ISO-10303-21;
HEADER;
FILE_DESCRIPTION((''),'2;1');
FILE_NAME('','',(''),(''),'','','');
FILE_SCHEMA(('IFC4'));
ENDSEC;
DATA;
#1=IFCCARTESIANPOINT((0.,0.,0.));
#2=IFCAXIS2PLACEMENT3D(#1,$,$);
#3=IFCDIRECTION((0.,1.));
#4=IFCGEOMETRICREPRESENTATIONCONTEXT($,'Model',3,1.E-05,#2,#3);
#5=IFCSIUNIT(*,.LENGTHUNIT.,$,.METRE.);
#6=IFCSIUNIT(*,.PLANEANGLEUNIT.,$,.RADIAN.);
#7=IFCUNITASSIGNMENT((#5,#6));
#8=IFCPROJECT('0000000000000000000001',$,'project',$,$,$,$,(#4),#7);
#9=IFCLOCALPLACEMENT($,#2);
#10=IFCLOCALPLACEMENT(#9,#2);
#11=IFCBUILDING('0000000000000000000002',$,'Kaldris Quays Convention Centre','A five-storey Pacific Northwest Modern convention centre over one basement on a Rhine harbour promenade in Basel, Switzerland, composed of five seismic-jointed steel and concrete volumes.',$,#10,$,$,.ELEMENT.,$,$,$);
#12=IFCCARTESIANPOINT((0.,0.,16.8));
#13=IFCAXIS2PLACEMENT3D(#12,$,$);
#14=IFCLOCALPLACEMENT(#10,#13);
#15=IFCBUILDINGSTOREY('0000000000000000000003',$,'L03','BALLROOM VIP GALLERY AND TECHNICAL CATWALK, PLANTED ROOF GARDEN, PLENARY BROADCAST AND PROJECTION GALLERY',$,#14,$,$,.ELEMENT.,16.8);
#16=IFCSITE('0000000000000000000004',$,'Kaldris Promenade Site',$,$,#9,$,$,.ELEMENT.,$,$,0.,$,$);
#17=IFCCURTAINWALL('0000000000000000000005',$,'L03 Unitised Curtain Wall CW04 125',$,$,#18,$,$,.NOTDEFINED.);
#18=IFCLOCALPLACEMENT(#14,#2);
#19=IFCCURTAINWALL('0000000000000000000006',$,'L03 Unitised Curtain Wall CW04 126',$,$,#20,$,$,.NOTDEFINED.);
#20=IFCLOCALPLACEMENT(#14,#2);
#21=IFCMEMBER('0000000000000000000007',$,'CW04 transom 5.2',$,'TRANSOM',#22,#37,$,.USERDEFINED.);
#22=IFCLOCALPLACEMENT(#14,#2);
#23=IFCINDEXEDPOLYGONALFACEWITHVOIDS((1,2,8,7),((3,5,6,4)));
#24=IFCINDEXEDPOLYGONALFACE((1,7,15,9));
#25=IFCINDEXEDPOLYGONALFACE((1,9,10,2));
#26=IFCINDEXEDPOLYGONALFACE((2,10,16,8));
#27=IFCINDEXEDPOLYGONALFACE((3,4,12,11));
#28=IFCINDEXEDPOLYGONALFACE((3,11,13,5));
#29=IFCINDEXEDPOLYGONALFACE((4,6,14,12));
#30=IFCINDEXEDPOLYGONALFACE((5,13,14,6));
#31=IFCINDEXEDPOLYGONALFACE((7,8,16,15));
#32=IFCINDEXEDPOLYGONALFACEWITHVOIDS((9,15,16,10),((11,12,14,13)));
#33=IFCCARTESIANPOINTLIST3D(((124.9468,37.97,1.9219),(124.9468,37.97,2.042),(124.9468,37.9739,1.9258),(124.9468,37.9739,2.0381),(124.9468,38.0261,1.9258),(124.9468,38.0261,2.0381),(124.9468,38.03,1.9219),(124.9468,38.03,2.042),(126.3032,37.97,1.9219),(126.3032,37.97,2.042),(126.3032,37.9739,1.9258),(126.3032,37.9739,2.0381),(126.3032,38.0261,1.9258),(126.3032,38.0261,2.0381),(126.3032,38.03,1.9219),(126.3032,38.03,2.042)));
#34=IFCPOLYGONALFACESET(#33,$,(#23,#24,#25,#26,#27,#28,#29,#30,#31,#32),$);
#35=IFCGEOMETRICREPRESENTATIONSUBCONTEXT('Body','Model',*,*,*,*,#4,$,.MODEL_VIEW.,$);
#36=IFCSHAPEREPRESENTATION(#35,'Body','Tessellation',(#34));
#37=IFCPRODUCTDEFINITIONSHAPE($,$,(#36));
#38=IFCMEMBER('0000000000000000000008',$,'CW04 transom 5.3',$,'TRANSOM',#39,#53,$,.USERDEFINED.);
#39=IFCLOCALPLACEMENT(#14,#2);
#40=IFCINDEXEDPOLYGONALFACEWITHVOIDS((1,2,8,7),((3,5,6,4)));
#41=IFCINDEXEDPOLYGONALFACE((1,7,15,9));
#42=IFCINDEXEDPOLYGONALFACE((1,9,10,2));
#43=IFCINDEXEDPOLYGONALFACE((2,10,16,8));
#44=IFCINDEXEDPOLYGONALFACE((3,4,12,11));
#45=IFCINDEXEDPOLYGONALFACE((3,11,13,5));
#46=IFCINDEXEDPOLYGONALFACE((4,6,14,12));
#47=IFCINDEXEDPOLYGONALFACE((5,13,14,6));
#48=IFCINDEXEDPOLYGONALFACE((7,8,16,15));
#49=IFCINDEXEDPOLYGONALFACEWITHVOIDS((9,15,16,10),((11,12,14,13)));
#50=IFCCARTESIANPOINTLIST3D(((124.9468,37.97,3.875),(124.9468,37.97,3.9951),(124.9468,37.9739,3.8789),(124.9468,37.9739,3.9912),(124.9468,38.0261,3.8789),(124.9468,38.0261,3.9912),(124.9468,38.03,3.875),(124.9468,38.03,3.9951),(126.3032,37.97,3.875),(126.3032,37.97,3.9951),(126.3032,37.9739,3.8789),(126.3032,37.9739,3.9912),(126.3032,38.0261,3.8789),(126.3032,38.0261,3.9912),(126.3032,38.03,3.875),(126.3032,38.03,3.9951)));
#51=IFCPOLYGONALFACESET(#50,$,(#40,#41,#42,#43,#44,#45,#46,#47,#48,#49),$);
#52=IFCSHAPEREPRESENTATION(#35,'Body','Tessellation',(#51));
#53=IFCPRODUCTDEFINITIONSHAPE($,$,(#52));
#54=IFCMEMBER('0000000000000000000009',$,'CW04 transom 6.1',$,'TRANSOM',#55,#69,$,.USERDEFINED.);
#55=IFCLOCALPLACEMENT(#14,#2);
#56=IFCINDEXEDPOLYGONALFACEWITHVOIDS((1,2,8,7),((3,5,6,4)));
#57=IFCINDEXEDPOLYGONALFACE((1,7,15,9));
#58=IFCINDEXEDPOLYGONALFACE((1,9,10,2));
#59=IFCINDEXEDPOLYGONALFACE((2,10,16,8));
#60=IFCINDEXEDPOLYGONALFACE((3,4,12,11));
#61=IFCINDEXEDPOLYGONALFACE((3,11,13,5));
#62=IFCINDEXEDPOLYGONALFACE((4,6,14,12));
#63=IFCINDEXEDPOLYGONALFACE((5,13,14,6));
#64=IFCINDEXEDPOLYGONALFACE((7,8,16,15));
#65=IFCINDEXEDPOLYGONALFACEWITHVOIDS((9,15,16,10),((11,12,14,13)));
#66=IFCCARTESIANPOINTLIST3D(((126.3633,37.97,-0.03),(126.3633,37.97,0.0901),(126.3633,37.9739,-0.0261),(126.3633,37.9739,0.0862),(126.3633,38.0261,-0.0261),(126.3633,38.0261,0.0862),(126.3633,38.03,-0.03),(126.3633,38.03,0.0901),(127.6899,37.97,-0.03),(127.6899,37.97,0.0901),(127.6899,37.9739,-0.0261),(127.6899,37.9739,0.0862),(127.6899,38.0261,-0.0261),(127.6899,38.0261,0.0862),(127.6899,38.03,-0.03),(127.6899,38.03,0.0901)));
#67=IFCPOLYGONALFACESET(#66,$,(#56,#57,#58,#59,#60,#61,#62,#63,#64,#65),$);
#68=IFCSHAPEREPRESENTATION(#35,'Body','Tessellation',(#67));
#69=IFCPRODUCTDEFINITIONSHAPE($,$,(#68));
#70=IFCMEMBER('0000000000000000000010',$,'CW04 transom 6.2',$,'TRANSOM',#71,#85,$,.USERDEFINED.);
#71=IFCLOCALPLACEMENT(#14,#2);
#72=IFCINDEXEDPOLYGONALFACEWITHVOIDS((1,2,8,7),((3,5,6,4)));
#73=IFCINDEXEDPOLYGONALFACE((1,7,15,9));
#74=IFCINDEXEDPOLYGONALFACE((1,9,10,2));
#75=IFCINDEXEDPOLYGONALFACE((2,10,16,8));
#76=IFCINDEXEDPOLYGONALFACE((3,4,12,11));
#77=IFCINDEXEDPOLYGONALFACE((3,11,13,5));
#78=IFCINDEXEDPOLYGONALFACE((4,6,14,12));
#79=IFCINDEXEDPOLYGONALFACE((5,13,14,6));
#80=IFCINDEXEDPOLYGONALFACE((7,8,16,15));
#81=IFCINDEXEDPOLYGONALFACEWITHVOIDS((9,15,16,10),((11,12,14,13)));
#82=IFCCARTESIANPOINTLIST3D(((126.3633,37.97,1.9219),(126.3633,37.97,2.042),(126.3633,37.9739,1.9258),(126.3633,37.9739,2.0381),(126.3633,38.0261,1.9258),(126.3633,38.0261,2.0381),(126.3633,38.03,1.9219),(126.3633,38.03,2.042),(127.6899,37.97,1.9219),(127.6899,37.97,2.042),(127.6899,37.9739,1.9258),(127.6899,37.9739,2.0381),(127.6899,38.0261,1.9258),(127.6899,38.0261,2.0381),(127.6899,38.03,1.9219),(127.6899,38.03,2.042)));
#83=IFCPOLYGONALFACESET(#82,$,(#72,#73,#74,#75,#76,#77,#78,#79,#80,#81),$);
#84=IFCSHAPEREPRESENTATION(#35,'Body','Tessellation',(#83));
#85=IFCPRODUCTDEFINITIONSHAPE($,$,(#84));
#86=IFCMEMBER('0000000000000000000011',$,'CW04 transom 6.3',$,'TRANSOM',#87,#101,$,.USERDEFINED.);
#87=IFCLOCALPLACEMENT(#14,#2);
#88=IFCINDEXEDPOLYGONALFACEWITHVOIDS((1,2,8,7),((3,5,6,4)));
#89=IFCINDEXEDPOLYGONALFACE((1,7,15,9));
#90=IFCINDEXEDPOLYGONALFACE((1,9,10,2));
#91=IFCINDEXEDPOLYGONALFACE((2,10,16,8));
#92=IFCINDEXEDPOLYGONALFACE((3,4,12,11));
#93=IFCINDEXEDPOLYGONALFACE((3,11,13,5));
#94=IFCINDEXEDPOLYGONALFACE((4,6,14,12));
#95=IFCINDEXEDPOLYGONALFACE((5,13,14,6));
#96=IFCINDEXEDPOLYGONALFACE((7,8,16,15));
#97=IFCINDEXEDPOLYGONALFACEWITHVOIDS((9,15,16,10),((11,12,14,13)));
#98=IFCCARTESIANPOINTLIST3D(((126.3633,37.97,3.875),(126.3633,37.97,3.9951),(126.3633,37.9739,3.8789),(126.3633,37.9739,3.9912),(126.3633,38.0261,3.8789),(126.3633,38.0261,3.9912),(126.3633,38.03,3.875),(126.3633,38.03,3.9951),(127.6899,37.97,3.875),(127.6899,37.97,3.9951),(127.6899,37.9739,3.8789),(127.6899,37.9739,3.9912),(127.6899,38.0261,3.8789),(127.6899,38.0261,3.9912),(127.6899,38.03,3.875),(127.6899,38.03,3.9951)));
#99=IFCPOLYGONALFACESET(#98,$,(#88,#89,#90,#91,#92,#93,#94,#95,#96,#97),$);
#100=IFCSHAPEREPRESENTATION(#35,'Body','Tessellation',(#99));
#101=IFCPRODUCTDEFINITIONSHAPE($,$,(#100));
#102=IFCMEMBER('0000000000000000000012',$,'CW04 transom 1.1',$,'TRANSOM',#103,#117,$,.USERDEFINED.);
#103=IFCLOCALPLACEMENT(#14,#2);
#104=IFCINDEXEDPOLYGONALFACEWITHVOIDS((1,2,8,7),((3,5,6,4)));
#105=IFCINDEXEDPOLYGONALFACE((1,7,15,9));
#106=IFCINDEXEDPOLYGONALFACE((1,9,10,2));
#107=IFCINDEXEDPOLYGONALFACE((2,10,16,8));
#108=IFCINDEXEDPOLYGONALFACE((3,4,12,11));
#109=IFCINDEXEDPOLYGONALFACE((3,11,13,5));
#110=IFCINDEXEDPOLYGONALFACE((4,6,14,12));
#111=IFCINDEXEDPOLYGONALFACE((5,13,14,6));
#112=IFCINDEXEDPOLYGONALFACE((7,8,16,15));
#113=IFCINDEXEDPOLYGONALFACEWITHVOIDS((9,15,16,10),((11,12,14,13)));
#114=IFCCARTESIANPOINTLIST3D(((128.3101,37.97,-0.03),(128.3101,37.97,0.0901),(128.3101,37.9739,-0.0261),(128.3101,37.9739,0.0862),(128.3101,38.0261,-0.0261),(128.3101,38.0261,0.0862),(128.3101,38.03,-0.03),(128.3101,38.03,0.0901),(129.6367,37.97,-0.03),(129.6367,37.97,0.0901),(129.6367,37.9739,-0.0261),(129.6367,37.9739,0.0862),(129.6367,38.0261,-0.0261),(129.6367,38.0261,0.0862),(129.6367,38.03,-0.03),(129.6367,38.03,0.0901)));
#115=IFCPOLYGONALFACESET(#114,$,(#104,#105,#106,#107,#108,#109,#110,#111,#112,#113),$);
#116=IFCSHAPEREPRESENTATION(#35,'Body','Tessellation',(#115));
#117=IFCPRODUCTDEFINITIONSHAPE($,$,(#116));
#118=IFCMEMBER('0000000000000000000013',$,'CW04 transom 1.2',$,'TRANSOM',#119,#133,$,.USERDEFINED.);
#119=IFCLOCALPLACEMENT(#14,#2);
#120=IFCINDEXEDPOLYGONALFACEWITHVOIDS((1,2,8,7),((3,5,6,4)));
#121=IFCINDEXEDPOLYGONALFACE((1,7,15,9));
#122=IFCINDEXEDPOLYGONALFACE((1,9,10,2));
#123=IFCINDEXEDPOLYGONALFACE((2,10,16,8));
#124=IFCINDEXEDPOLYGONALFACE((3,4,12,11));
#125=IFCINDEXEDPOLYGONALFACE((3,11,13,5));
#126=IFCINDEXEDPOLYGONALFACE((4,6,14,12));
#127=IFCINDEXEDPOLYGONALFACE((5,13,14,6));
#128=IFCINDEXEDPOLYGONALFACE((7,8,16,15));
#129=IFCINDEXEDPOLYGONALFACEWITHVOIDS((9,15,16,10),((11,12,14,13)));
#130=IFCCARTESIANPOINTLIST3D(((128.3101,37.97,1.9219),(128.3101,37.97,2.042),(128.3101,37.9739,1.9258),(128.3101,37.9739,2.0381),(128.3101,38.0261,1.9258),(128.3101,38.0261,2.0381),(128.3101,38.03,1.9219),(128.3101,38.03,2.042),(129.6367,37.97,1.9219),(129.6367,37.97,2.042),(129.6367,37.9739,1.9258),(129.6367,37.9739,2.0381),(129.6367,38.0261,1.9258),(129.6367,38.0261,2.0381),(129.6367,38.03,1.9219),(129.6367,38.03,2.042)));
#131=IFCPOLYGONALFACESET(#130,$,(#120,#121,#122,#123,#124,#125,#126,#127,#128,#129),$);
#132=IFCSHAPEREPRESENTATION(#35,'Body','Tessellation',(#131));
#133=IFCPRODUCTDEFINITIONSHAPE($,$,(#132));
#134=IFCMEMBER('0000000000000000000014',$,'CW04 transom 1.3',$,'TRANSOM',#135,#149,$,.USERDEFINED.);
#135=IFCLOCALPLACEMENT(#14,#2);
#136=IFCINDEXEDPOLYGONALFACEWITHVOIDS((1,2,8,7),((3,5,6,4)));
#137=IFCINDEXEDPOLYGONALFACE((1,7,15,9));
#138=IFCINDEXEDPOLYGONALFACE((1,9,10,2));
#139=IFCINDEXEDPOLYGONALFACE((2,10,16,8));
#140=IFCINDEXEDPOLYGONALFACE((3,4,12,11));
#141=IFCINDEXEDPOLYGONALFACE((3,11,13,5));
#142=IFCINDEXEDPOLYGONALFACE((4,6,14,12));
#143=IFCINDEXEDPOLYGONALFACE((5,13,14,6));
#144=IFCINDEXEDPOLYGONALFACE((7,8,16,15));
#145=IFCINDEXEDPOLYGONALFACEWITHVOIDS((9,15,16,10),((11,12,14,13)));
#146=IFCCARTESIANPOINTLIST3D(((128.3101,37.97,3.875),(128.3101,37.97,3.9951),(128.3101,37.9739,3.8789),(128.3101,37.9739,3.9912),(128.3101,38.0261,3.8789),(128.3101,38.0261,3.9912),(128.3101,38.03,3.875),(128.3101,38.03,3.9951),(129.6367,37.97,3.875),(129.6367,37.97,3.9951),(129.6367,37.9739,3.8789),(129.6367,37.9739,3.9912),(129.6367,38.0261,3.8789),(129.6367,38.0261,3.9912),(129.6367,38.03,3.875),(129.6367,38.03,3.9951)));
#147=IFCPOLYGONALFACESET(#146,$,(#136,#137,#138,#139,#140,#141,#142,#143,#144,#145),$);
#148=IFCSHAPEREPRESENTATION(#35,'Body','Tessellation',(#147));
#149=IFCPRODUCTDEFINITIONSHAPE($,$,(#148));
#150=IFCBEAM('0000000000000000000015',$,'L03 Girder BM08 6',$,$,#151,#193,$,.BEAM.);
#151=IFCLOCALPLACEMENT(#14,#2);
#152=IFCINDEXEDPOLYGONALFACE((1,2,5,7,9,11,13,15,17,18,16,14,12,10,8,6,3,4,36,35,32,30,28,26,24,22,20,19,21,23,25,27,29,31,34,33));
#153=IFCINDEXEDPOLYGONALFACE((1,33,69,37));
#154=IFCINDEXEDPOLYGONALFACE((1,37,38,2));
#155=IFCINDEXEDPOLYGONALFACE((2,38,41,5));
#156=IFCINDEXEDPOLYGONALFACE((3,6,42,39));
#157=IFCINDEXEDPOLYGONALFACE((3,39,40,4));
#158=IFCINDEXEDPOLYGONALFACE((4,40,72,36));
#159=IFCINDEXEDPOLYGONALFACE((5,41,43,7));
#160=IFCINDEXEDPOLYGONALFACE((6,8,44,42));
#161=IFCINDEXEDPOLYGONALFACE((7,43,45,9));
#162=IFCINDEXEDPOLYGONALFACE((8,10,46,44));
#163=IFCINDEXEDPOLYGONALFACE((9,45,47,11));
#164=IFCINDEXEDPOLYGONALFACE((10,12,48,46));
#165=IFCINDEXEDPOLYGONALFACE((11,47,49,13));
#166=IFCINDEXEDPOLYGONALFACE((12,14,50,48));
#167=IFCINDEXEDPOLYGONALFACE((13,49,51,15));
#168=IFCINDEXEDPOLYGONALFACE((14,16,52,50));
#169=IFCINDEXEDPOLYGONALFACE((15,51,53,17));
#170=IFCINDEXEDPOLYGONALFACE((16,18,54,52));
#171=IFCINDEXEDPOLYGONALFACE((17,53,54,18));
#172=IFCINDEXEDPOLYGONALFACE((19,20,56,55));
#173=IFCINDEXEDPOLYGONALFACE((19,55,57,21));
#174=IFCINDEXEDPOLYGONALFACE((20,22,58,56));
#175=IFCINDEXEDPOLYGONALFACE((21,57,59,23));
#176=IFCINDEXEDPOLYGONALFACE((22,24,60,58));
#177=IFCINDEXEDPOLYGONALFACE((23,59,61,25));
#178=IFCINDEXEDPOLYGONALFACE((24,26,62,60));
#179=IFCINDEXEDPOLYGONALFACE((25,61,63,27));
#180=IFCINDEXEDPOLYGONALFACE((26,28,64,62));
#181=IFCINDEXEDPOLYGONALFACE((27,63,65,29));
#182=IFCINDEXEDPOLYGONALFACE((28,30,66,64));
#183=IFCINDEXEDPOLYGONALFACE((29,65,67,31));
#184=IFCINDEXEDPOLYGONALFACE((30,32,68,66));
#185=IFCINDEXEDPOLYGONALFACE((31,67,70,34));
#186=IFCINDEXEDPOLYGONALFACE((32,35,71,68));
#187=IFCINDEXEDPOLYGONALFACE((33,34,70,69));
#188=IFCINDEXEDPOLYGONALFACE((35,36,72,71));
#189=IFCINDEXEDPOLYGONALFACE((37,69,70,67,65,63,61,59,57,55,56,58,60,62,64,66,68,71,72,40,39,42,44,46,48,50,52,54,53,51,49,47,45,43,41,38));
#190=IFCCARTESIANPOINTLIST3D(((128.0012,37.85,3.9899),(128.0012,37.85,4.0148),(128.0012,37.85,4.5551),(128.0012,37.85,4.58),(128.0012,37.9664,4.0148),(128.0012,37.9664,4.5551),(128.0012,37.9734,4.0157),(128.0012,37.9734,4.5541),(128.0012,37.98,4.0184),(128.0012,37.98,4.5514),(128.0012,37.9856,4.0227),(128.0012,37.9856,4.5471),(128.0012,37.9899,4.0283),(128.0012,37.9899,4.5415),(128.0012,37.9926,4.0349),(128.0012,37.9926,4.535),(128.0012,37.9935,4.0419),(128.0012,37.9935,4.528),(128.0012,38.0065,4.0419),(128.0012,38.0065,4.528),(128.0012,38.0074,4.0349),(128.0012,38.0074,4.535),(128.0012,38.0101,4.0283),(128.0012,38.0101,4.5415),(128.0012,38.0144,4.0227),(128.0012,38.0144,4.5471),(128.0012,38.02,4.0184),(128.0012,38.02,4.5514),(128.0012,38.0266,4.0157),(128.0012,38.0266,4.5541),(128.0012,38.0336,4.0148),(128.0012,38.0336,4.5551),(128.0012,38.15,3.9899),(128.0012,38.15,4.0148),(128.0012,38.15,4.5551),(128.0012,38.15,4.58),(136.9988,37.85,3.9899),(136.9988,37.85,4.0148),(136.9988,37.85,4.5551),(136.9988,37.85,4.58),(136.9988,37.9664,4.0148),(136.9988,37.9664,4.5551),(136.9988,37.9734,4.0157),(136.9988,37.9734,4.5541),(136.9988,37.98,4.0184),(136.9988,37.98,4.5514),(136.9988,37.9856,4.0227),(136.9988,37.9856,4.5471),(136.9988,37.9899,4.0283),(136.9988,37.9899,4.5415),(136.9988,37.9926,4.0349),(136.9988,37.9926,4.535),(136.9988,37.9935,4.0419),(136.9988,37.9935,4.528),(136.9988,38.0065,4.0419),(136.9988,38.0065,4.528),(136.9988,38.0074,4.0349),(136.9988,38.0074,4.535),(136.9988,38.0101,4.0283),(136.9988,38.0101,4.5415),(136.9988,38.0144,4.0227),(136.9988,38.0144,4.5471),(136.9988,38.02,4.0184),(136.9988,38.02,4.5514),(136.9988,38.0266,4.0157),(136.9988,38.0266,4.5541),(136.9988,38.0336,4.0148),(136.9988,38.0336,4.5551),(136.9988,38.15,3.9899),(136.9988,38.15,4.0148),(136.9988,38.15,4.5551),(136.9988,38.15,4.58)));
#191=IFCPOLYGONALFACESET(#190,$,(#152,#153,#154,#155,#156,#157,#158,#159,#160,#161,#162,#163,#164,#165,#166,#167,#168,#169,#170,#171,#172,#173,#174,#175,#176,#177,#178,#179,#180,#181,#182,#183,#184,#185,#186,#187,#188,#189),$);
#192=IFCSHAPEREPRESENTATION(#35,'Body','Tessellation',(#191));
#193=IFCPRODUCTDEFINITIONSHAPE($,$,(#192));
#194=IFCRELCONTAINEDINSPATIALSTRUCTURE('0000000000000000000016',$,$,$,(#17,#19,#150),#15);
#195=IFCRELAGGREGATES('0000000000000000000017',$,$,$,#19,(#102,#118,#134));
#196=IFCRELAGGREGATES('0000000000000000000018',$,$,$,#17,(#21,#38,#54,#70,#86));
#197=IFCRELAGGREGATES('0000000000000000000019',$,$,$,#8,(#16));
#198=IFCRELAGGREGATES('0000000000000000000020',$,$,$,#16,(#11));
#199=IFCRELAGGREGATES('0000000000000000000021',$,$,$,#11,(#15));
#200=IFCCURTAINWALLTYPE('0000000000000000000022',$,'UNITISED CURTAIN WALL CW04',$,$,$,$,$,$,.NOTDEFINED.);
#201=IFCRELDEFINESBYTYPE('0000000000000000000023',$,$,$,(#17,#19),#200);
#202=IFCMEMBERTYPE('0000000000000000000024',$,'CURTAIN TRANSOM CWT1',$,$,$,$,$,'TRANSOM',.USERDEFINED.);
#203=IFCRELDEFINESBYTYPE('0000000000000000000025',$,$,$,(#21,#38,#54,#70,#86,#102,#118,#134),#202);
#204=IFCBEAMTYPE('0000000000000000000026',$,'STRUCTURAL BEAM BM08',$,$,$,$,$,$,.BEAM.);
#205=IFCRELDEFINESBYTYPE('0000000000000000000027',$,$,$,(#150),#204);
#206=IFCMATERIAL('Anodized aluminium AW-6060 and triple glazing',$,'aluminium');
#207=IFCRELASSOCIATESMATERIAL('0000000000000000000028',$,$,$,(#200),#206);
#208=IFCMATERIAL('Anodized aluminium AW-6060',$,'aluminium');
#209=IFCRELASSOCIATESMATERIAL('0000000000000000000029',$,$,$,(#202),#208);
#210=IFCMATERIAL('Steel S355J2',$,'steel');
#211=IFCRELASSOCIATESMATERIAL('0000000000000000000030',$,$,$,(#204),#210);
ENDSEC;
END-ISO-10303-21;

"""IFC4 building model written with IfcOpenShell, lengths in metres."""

from ifc_helpers import new_model, si_unit, direction, frame, origin, origin_2d, place, context, subcontext, project, spatial, hollow_rectangle, i_section, extrude, material, material_profile, profile_set, type_object, element, aggregate, save


model = new_model("IFC4")

# Units and contexts
model_context = context("Model", 3, precision=1e-05, world=origin(), true_north=direction((0.0, 1.0)))
body_context = subcontext(model_context, "Body", "Model", "MODEL_VIEW")
ifc_project = project(units=[si_unit("LENGTHUNIT", "METRE"), si_unit("PLANEANGLEUNIT", "RADIAN")], contexts=[model_context])

# Site, building, storey
site_placement = place(None, origin())
site = spatial("IfcSite", under=ifc_project, at=site_placement, Name="Kaldris Promenade Site", CompositionType="ELEMENT", RefElevation=0.0)
building_placement = place(site_placement, origin())
building = spatial("IfcBuilding", under=site, at=building_placement, Name="Kaldris Quays Convention Centre", Description="A five-storey Pacific Northwest Modern convention centre over one basement on a Rhine harbour promenade in Basel, Switzerland, composed of five seismic-jointed steel and concrete volumes.", CompositionType="ELEMENT")
storey_placement = place(building_placement, frame((0.0, 0.0, 16.8)))
storey = spatial("IfcBuildingStorey", under=building, at=storey_placement, Name="L03", Description="BALLROOM VIP GALLERY AND TECHNICAL CATWALK, PLANTED ROOF GARDEN, PLENARY BROADCAST AND PROJECTION GALLERY", CompositionType="ELEMENT", Elevation=16.8)

# Shared definitions
ifc_material_1 = material(Name="Steel S355J2", Category="steel")

# Curtain wall
ifc_material_2 = material(Name="Anodized aluminium AW-6060 and triple glazing", Category="aluminium")
curtain_wall_type = type_object("IfcCurtainWallType", Name="UNITISED CURTAIN WALL CW04", PredefinedType="NOTDEFINED", material=ifc_material_2)
curtain_wall_1_placement = place(storey_placement, origin())
curtain_wall_1 = element("IfcCurtainWall", 1, at=curtain_wall_1_placement, inside=storey, type_object=curtain_wall_type, Name="L03 Unitised Curtain Wall CW04 125", PredefinedType="NOTDEFINED")
ifc_material_3 = material(Name="Anodized aluminium AW-6060", Category="aluminium")

# Curtain wall
curtain_wall_2_placement = place(storey_placement, origin())
curtain_wall_2 = element("IfcCurtainWall", 2, at=curtain_wall_2_placement, inside=storey, type_object=curtain_wall_type, Name="L03 Unitised Curtain Wall CW04 126", PredefinedType="NOTDEFINED")

# Members
ifc_material_profile_1 = material_profile(ifc_material_3, hollow_rectangle(XDim=0.0601, YDim=0.1201, WallThickness=0.0039, at=origin_2d()), Name="RHS 120x60x4")
ifc_profile_set_1 = profile_set([ifc_material_profile_1], Name="Anodized aluminium AW-6060")
member_type_1 = type_object("IfcMemberType", Name="CURTAIN TRANSOM CWT1", ElementType="TRANSOM", PredefinedType="USERDEFINED", material=ifc_profile_set_1)
member_1_placement = place(storey_placement, frame((124.9468, 38.0, 1.9819), z_axis=(1.0, 0.0, 0.0), x_axis=(0.0, 1.0, 0.0)))
member_1 = element("IfcMember", 3, at=member_1_placement, type_object=member_type_1, Name="CW04 transom 5.2", ObjectType="TRANSOM", PredefinedType="USERDEFINED", context=body_context, shape_type="SweptSolid", body=[
    extrude(hollow_rectangle(XDim=0.0601, YDim=0.1201, WallThickness=0.0039, at=origin_2d()), origin(), (0.0, 0.0, 1.0), 1.3564),
])
member_2_placement = place(storey_placement, frame((124.9468, 38.0, 3.9351), z_axis=(1.0, 0.0, 0.0), x_axis=(0.0, 1.0, 0.0)))
member_2 = element("IfcMember", 4, at=member_2_placement, type_object=member_type_1, Name="CW04 transom 5.3", ObjectType="TRANSOM", PredefinedType="USERDEFINED", context=body_context, shape_type="SweptSolid", body=[
    extrude(hollow_rectangle(XDim=0.0601, YDim=0.1201, WallThickness=0.0039, at=origin_2d()), origin(), (0.0, 0.0, 1.0), 1.3564),
])
member_3_placement = place(storey_placement, frame((126.3633, 38.0, 0.03), z_axis=(1.0, 0.0, 0.0), x_axis=(0.0, 1.0, 0.0)))
member_3 = element("IfcMember", 5, at=member_3_placement, type_object=member_type_1, Name="CW04 transom 6.1", ObjectType="TRANSOM", PredefinedType="USERDEFINED", context=body_context, shape_type="SweptSolid", body=[
    extrude(hollow_rectangle(XDim=0.0601, YDim=0.1201, WallThickness=0.0039, at=origin_2d()), origin(), (0.0, 0.0, 1.0), 1.3267),
])
member_4_placement = place(storey_placement, frame((126.3633, 38.0, 1.9819), z_axis=(1.0, 0.0, 0.0), x_axis=(0.0, 1.0, 0.0)))
member_4 = element("IfcMember", 6, at=member_4_placement, type_object=member_type_1, Name="CW04 transom 6.2", ObjectType="TRANSOM", PredefinedType="USERDEFINED", context=body_context, shape_type="SweptSolid", body=[
    extrude(hollow_rectangle(XDim=0.0601, YDim=0.1201, WallThickness=0.0039, at=origin_2d()), origin(), (0.0, 0.0, 1.0), 1.3267),
])
member_5_placement = place(storey_placement, frame((126.3633, 38.0, 3.9351), z_axis=(1.0, 0.0, 0.0), x_axis=(0.0, 1.0, 0.0)))
member_5 = element("IfcMember", 7, at=member_5_placement, type_object=member_type_1, Name="CW04 transom 6.3", ObjectType="TRANSOM", PredefinedType="USERDEFINED", context=body_context, shape_type="SweptSolid", body=[
    extrude(hollow_rectangle(XDim=0.0601, YDim=0.1201, WallThickness=0.0039, at=origin_2d()), origin(), (0.0, 0.0, 1.0), 1.3267),
])
member_6_placement = place(storey_placement, frame((128.3101, 38.0, 0.03), z_axis=(1.0, 0.0, 0.0), x_axis=(0.0, 1.0, 0.0)))
member_6 = element("IfcMember", 8, at=member_6_placement, type_object=member_type_1, Name="CW04 transom 1.1", ObjectType="TRANSOM", PredefinedType="USERDEFINED", context=body_context, shape_type="SweptSolid", body=[
    extrude(hollow_rectangle(XDim=0.0601, YDim=0.1201, WallThickness=0.0039, at=origin_2d()), origin(), (0.0, 0.0, 1.0), 1.3267),
])
member_7_placement = place(storey_placement, frame((128.3101, 38.0, 1.9819), z_axis=(1.0, 0.0, 0.0), x_axis=(0.0, 1.0, 0.0)))
member_7 = element("IfcMember", 9, at=member_7_placement, type_object=member_type_1, Name="CW04 transom 1.2", ObjectType="TRANSOM", PredefinedType="USERDEFINED", context=body_context, shape_type="SweptSolid", body=[
    extrude(hollow_rectangle(XDim=0.0601, YDim=0.1201, WallThickness=0.0039, at=origin_2d()), origin(), (0.0, 0.0, 1.0), 1.3267),
])
member_8_placement = place(storey_placement, frame((128.3101, 38.0, 3.9351), z_axis=(1.0, 0.0, 0.0), x_axis=(0.0, 1.0, 0.0)))
member_8 = element("IfcMember", 10, at=member_8_placement, type_object=member_type_1, Name="CW04 transom 1.3", ObjectType="TRANSOM", PredefinedType="USERDEFINED", context=body_context, shape_type="SweptSolid", body=[
    extrude(hollow_rectangle(XDim=0.0601, YDim=0.1201, WallThickness=0.0039, at=origin_2d()), origin(), (0.0, 0.0, 1.0), 1.3267),
])
aggregate(curtain_wall_2, [member_6, member_7, member_8])

# Beam
ifc_material_profile_2 = material_profile(ifc_material_1, i_section(OverallWidth=0.3, OverallDepth=0.5901, WebThickness=0.0129, FlangeThickness=0.0249, FilletRadius=0.0271, at=origin_2d()), Name="HEA 600")
ifc_profile_set_2 = profile_set([ifc_material_profile_2], Name="Steel S355J2")
beam_type = type_object("IfcBeamType", Name="STRUCTURAL BEAM BM08", PredefinedType="BEAM", material=ifc_profile_set_2)
beam_placement = place(storey_placement, frame((128.0012, 38.0, 4.2849), z_axis=(1.0, 0.0, 0.0), x_axis=(0.0, 1.0, 0.0)))
element("IfcBeam", 11, at=beam_placement, inside=storey, type_object=beam_type, Name="L03 Girder BM08 6", PredefinedType="BEAM", context=body_context, shape_type="SweptSolid", body=[
    extrude(i_section(OverallWidth=0.3, OverallDepth=0.5901, WebThickness=0.0129, FlangeThickness=0.0249, FilletRadius=0.0271, at=origin_2d()), origin(), (0.0, 0.0, 1.0), 8.9976),
])

aggregate(curtain_wall_1, [member_1, member_2, member_3, member_4, member_5])

save(model, "model.ifc")
